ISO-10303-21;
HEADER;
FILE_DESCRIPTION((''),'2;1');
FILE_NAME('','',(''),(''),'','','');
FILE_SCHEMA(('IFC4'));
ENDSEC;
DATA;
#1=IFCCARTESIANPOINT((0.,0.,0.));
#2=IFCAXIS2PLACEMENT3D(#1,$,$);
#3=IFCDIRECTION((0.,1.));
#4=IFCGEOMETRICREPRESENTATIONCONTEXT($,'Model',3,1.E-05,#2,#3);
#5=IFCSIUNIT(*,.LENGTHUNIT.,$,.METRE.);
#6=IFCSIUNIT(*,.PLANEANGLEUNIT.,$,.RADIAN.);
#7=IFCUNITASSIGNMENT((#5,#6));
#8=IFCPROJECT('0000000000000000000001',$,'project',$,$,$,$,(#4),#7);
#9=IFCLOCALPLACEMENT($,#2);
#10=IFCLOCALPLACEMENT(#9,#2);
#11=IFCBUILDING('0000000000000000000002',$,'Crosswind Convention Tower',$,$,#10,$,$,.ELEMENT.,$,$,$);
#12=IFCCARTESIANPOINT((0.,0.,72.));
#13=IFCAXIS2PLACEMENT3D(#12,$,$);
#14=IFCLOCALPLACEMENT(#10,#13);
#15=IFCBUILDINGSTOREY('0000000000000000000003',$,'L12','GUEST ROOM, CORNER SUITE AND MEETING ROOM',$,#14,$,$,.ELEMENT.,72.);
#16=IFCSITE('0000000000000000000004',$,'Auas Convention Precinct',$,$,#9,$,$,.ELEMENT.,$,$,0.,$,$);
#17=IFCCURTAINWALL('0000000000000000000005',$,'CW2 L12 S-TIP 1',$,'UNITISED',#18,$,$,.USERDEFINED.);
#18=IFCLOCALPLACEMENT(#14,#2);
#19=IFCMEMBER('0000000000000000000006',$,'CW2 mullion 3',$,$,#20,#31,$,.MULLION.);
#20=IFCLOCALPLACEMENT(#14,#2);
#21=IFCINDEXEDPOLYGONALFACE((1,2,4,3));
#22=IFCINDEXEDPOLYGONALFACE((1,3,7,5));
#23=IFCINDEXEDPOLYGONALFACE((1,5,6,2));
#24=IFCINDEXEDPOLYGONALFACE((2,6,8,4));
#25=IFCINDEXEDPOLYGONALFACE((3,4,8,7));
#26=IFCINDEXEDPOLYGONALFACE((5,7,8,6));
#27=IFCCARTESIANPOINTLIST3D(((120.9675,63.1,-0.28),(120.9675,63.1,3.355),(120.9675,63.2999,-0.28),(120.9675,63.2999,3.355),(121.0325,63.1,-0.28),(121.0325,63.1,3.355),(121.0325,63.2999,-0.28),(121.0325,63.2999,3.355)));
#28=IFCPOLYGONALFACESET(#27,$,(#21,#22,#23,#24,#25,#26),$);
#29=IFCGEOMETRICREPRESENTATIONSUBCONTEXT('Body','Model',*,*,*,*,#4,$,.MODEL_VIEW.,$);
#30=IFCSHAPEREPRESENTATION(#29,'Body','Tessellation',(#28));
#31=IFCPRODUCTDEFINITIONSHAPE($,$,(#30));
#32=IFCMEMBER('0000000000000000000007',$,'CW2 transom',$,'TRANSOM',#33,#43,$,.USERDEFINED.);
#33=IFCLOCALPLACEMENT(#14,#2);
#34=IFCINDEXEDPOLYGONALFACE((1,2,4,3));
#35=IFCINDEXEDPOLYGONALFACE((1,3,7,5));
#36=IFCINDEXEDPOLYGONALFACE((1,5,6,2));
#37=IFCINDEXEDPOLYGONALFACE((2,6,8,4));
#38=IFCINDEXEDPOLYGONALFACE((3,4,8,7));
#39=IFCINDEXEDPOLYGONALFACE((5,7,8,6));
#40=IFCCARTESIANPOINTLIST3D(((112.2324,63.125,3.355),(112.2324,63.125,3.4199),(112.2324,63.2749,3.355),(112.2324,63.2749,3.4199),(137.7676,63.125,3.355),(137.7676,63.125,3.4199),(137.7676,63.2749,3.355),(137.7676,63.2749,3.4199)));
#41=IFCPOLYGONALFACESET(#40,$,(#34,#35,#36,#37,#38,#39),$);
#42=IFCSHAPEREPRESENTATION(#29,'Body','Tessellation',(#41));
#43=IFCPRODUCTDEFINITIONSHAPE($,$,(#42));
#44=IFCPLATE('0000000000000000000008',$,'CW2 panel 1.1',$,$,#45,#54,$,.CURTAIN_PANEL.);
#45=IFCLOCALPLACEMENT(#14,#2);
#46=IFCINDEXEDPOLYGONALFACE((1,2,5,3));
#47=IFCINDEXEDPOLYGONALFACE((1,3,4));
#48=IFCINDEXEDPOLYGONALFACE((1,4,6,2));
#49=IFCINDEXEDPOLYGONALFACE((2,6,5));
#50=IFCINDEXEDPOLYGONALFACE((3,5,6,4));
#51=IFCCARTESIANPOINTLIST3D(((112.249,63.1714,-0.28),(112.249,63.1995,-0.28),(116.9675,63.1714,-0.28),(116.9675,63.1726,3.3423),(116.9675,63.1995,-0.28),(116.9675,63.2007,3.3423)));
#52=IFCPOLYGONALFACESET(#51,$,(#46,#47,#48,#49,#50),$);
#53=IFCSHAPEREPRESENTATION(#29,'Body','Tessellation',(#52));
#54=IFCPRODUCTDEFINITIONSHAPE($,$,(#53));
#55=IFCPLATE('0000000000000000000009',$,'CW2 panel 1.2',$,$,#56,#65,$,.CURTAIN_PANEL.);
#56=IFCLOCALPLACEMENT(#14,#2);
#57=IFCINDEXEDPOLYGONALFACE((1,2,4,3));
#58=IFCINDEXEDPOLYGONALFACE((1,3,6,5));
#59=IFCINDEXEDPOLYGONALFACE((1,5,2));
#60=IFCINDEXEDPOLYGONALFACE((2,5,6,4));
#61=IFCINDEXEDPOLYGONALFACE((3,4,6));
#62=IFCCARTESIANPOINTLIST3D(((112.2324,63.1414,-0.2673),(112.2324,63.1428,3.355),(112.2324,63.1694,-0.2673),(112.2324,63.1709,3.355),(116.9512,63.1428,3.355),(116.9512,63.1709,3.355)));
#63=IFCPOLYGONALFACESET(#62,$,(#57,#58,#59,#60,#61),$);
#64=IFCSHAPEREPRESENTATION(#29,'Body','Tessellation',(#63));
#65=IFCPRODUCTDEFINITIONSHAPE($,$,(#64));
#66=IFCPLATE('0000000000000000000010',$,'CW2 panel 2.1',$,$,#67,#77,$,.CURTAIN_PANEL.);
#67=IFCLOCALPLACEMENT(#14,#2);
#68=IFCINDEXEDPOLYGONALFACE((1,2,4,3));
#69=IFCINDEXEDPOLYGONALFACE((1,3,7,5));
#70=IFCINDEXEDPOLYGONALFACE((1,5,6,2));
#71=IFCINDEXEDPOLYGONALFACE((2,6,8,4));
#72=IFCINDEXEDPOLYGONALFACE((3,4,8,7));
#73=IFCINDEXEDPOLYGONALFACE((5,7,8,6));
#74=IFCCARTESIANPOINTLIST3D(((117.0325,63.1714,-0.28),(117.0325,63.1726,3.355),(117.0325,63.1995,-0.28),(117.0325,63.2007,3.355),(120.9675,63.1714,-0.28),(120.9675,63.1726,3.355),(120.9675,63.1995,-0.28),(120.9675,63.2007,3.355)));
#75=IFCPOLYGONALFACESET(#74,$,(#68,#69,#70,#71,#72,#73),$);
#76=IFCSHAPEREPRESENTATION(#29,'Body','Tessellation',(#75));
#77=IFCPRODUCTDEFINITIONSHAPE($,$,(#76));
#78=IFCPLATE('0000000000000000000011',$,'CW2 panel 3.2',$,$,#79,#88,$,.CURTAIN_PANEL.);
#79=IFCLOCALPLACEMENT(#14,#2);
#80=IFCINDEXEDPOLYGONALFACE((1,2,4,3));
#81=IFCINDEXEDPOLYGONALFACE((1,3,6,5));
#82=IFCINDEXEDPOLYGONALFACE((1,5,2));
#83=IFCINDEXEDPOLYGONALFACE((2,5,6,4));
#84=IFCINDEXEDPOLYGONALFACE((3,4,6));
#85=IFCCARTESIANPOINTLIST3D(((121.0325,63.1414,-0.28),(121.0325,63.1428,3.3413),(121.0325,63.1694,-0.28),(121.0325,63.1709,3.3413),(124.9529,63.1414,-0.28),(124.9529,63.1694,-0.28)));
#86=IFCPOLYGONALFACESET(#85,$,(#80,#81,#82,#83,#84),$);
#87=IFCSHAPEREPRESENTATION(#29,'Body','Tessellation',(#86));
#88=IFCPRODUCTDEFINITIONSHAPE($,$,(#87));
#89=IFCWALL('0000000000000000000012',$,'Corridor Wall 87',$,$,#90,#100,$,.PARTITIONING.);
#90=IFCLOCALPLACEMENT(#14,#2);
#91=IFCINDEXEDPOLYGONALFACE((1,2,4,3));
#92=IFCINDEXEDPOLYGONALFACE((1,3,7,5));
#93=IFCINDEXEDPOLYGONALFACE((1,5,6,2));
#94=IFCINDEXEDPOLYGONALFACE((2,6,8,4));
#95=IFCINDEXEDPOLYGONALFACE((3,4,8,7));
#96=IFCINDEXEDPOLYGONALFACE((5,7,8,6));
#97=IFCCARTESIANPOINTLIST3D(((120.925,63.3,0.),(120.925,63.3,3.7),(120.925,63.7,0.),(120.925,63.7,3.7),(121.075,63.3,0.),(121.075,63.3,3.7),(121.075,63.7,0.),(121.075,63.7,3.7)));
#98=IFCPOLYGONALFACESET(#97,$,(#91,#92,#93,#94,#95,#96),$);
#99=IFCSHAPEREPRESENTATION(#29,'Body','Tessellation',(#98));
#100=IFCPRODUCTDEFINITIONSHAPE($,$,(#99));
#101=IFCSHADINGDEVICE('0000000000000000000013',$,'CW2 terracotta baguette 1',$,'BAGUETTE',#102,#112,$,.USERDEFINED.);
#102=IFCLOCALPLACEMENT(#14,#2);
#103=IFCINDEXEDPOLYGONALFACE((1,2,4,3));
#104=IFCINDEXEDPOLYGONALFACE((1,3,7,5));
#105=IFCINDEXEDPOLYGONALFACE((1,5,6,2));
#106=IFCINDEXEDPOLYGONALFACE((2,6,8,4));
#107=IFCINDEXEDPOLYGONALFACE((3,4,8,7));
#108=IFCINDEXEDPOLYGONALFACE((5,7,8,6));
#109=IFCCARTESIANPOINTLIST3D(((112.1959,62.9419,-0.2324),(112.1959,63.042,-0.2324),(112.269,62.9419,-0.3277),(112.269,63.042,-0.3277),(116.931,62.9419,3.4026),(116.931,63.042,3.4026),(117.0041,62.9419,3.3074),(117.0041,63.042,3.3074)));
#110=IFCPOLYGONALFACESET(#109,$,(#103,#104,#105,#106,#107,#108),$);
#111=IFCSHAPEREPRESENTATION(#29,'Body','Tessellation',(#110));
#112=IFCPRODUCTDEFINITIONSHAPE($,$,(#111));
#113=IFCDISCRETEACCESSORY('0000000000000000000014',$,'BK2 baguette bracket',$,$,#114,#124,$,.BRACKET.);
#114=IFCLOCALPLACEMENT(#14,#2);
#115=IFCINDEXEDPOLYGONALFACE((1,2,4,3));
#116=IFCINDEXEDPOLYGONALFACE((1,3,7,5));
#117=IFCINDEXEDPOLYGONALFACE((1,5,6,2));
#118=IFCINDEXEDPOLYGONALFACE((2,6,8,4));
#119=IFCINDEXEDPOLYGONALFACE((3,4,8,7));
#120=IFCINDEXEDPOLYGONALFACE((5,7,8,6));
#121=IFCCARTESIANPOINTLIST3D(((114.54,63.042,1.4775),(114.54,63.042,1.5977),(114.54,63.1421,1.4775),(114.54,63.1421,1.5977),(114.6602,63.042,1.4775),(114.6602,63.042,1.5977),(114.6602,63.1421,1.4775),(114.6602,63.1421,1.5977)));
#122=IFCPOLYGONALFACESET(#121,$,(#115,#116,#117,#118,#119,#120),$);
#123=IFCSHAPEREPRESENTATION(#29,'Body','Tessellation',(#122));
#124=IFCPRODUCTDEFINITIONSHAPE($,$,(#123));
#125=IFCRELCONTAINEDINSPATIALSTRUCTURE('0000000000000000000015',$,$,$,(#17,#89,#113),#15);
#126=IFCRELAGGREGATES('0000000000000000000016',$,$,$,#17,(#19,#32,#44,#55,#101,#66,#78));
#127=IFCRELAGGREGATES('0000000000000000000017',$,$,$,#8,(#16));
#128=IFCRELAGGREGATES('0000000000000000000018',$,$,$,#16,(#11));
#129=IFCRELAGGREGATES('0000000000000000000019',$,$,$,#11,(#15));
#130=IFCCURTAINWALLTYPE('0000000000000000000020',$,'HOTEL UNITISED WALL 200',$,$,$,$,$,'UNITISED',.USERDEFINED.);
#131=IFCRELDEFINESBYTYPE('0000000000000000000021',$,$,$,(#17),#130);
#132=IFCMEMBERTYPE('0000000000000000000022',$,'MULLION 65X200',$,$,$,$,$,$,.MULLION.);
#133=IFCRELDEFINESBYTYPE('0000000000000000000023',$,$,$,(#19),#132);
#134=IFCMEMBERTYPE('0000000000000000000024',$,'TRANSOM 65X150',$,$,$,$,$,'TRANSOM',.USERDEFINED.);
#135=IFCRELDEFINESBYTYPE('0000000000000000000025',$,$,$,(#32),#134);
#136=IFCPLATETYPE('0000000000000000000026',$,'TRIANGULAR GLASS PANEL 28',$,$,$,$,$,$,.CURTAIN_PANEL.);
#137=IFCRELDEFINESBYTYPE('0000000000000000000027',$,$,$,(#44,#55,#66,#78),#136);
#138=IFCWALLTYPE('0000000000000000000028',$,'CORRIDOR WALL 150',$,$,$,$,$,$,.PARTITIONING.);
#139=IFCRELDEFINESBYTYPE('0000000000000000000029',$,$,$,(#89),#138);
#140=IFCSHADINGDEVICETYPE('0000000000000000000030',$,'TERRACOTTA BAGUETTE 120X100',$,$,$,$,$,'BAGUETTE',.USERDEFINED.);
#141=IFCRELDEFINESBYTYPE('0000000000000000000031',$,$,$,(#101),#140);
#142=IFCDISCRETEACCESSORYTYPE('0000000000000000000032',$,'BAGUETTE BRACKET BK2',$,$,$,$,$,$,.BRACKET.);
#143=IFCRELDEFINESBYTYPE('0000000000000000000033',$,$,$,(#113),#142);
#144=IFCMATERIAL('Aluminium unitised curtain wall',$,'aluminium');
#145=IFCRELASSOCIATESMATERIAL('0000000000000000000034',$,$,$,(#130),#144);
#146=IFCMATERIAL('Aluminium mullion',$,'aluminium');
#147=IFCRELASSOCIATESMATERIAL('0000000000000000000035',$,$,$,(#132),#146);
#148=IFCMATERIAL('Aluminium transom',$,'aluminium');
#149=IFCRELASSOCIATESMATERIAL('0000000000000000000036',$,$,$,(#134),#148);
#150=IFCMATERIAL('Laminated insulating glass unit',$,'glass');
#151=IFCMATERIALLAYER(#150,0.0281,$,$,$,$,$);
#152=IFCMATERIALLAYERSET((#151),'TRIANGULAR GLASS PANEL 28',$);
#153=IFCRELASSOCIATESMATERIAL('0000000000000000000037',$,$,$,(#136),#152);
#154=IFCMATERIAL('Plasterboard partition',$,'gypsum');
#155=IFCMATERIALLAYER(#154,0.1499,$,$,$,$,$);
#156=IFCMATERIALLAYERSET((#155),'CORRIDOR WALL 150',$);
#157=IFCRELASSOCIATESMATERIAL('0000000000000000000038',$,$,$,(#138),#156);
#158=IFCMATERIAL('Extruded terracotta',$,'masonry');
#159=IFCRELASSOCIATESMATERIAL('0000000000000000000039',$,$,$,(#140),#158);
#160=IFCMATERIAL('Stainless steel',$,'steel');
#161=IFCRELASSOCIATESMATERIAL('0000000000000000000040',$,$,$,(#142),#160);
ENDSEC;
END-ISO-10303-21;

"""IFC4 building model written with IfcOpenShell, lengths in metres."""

from ifc_helpers import new_model, si_unit, direction, frame, frame_2d, origin, origin_2d, place, context, subcontext, project, spatial, polyline, rectangle, outline, extrude, material, layer, layer_set, material_profile, profile_set, type_object, element, aggregate, save


model = new_model("IFC4")

# Units and contexts
model_context = context("Model", 3, precision=1e-05, world=origin(), true_north=direction((0.0, 1.0)))
body_context = subcontext(model_context, "Body", "Model", "MODEL_VIEW")
ifc_project = project(units=[si_unit("LENGTHUNIT", "METRE"), si_unit("PLANEANGLEUNIT", "RADIAN")], contexts=[model_context])

# Site, building, storey
site_placement = place(None, origin())
site = spatial("IfcSite", under=ifc_project, at=site_placement, Name="Auas Convention Precinct", CompositionType="ELEMENT", RefElevation=0.0)
building_placement = place(site_placement, origin())
building = spatial("IfcBuilding", under=site, at=building_placement, Name="Crosswind Convention Tower", CompositionType="ELEMENT")
storey_placement = place(building_placement, frame((0.0, 0.0, 72.0)))
storey = spatial("IfcBuildingStorey", under=building, at=storey_placement, Name="L12", Description="GUEST ROOM, CORNER SUITE AND MEETING ROOM", CompositionType="ELEMENT", Elevation=72.0)

# Curtain wall, members, plates
ifc_material_1 = material(Name="Aluminium unitised curtain wall", Category="aluminium")
curtain_wall_type = type_object("IfcCurtainWallType", Name="HOTEL UNITISED WALL 200", ElementType="UNITISED", PredefinedType="USERDEFINED", material=ifc_material_1)
curtain_wall_placement = place(storey_placement, origin())
curtain_wall = element("IfcCurtainWall", 1, at=curtain_wall_placement, inside=storey, type_object=curtain_wall_type, Name="CW2 L12 S-TIP 1", ObjectType="UNITISED", PredefinedType="USERDEFINED")
ifc_material_2 = material(Name="Aluminium mullion", Category="aluminium")
ifc_material_profile_1 = material_profile(ifc_material_2, rectangle(XDim=0.2, YDim=0.0649, at=origin_2d()), Name="AL 200X65")
ifc_profile_set_1 = profile_set([ifc_material_profile_1], Name="Aluminium mullion")
member_type_1 = type_object("IfcMemberType", Name="MULLION 65X200", PredefinedType="MULLION", material=ifc_profile_set_1)
member_1_placement = place(storey_placement, frame((121.0, 63.2, -0.28), z_axis=(0.0, 0.0, 1.0), x_axis=(0.0, -1.0, 0.0)))
member_1 = element("IfcMember", 2, at=member_1_placement, type_object=member_type_1, Name="CW2 mullion 3", PredefinedType="MULLION", context=body_context, shape_type="SweptSolid", body=[
    extrude(rectangle(XDim=0.2, YDim=0.0649, at=origin_2d()), origin(), (0.0, 0.0, 1.0), 3.635),
])
ifc_material_3 = material(Name="Aluminium transom", Category="aluminium")
ifc_material_profile_2 = material_profile(ifc_material_3, rectangle(XDim=0.1499, YDim=0.0649, at=origin_2d()), Name="AL 150X65")
ifc_profile_set_2 = profile_set([ifc_material_profile_2], Name="Aluminium transom")
member_type_2 = type_object("IfcMemberType", Name="TRANSOM 65X150", ElementType="TRANSOM", PredefinedType="USERDEFINED", material=ifc_profile_set_2)
member_2_placement = place(storey_placement, frame((112.2324, 63.2, 3.3875), z_axis=(1.0, 0.0, 0.0), x_axis=(0.0, 1.0, 0.0)))
member_2 = element("IfcMember", 3, at=member_2_placement, type_object=member_type_2, Name="CW2 transom", ObjectType="TRANSOM", PredefinedType="USERDEFINED", context=body_context, shape_type="SweptSolid", body=[
    extrude(rectangle(XDim=0.1499, YDim=0.0649, at=origin_2d()), origin(), (0.0, 0.0, 1.0), 25.5352),
])
ifc_material_4 = material(Name="Laminated insulating glass unit", Category="glass")
ifc_layer_1 = layer(ifc_material_4, 0.0281)
ifc_layer_set_1 = layer_set([ifc_layer_1], Name="TRIANGULAR GLASS PANEL 28")
plate_type = type_object("IfcPlateType", Name="TRIANGULAR GLASS PANEL 28", PredefinedType="CURTAIN_PANEL", material=ifc_layer_set_1)
plate_1_placement = place(storey_placement, frame((116.9675, 63.1714, -0.28), z_axis=(0.0, -1.0, 0.000337), x_axis=(0.0, 0.000337, 1.0)))
plate_1 = element("IfcPlate", 4, at=plate_1_placement, type_object=plate_type, Name="CW2 panel 1.1", PredefinedType="CURTAIN_PANEL", context=body_context, shape_type="SweptSolid", body=[
    extrude(outline(polyline([(0.0, 0.0), (3.6223, 0.0), (0.0, 4.7185), (0.0, 0.0)])), origin(), (0.0, 0.0, -1.0), 0.0281),
])
plate_2_placement = place(storey_placement, frame((112.2324, 63.1428, 3.355), z_axis=(0.0, -1.0, 0.000404), x_axis=(0.0, -0.000404, -1.0)))
plate_2 = element("IfcPlate", 5, at=plate_2_placement, type_object=plate_type, Name="CW2 panel 1.2", PredefinedType="CURTAIN_PANEL", context=body_context, shape_type="SweptSolid", body=[
    extrude(outline(polyline([(0.0, 0.0), (3.6223, 0.0), (0.0, 4.7188), (0.0, 0.0)])), origin(), (0.0, 0.0, -1.0), 0.0281),
])
plate_3_placement = place(storey_placement, frame((117.0325, 63.1714, -0.28), z_axis=(0.0, -1.0, 0.000336), x_axis=(1.0, 0.0, 0.0)))
plate_3 = element("IfcPlate", 6, at=plate_3_placement, type_object=plate_type, Name="CW2 panel 2.1", PredefinedType="CURTAIN_PANEL", context=body_context, shape_type="SweptSolid", body=[
    extrude(outline(polyline([(0.0, 0.0), (3.9351, 0.0), (3.9351, 3.635), (0.0, 3.635), (0.0, 0.0)])), origin(), (0.0, 0.0, -1.0), 0.0281),
])
plate_4_placement = place(storey_placement, frame((121.0325, 63.1414, -0.28), z_axis=(0.0, -1.0, 0.000405), x_axis=(1.0, 0.0, 0.0)))
plate_4 = element("IfcPlate", 7, at=plate_4_placement, type_object=plate_type, Name="CW2 panel 3.2", PredefinedType="CURTAIN_PANEL", context=body_context, shape_type="SweptSolid", body=[
    extrude(outline(polyline([(0.0, 0.0), (3.9204, 0.0), (0.0, 3.6213), (0.0, 0.0)])), origin(), (0.0, 0.0, -1.0), 0.0281),
])

# Wall
ifc_material_5 = material(Name="Plasterboard partition", Category="gypsum")
ifc_layer_2 = layer(ifc_material_5, 0.1499)
ifc_layer_set_2 = layer_set([ifc_layer_2], Name="CORRIDOR WALL 150")
wall_type_1 = type_object("IfcWallType", Name="CORRIDOR WALL 150", PredefinedType="PARTITIONING", material=ifc_layer_set_2)
wall_1_placement = place(storey_placement, frame((121.0, 63.3, 0.0), z_axis=(0.0, 0.0, 1.0), x_axis=(0.0, 1.0, 0.0)))
element("IfcWall", 8, at=wall_1_placement, inside=storey, type_object=wall_type_1, Name="Corridor Wall 87", PredefinedType="PARTITIONING", context=body_context, shape_type="SweptSolid", body=[
    extrude(rectangle(XDim=0.3999, YDim=0.1499, at=frame_2d((0.2, 0.0))), origin(), (0.0, 0.0, 1.0), 3.7),
])

# Shading device
ifc_material_6 = material(Name="Extruded terracotta", Category="masonry")
ifc_material_profile_3 = material_profile(ifc_material_6, rectangle(XDim=0.1001, YDim=0.1201, at=origin_2d()), Name="TC 100X120")
ifc_profile_set_3 = profile_set([ifc_material_profile_3], Name="Extruded terracotta")
shading_device_type = type_object("IfcShadingDeviceType", Name="TERRACOTTA BAGUETTE 120X100", ElementType="BAGUETTE", PredefinedType="USERDEFINED", material=ifc_profile_set_3)
shading_device_placement = place(storey_placement, frame((112.2324, 62.9919, -0.28), z_axis=(0.793221, 0.0, 0.608934), x_axis=(0.0, 1.0, 0.0)))
shading_device = element("IfcShadingDevice", 9, at=shading_device_placement, type_object=shading_device_type, Name="CW2 terracotta baguette 1", ObjectType="BAGUETTE", PredefinedType="USERDEFINED", context=body_context, shape_type="SweptSolid", body=[
    extrude(rectangle(XDim=0.1001, YDim=0.1201, at=origin_2d()), origin(), (0.0, 0.0, 1.0), 5.9695),
])
aggregate(curtain_wall, [member_1, member_2, plate_1, plate_2, shading_device, plate_3, plate_4])

# Discrete accessory
ifc_material_7 = material(Name="Stainless steel", Category="steel")
discrete_accessory_type = type_object("IfcDiscreteAccessoryType", Name="BAGUETTE BRACKET BK2", PredefinedType="BRACKET", material=ifc_material_7)
discrete_accessory_placement = place(storey_placement, frame((114.6001, 63.092, 1.4775), z_axis=(0.0, 0.0, 1.0), x_axis=(1.0, 0.0, 0.0)))
element("IfcDiscreteAccessory", 10, at=discrete_accessory_placement, inside=storey, type_object=discrete_accessory_type, Name="BK2 baguette bracket", PredefinedType="BRACKET", context=body_context, shape_type="SweptSolid", body=[
    extrude(rectangle(XDim=0.1201, YDim=0.1001, at=origin_2d()), origin(), (0.0, 0.0, 1.0), 0.1201),
])

save(model, "model.ifc")
